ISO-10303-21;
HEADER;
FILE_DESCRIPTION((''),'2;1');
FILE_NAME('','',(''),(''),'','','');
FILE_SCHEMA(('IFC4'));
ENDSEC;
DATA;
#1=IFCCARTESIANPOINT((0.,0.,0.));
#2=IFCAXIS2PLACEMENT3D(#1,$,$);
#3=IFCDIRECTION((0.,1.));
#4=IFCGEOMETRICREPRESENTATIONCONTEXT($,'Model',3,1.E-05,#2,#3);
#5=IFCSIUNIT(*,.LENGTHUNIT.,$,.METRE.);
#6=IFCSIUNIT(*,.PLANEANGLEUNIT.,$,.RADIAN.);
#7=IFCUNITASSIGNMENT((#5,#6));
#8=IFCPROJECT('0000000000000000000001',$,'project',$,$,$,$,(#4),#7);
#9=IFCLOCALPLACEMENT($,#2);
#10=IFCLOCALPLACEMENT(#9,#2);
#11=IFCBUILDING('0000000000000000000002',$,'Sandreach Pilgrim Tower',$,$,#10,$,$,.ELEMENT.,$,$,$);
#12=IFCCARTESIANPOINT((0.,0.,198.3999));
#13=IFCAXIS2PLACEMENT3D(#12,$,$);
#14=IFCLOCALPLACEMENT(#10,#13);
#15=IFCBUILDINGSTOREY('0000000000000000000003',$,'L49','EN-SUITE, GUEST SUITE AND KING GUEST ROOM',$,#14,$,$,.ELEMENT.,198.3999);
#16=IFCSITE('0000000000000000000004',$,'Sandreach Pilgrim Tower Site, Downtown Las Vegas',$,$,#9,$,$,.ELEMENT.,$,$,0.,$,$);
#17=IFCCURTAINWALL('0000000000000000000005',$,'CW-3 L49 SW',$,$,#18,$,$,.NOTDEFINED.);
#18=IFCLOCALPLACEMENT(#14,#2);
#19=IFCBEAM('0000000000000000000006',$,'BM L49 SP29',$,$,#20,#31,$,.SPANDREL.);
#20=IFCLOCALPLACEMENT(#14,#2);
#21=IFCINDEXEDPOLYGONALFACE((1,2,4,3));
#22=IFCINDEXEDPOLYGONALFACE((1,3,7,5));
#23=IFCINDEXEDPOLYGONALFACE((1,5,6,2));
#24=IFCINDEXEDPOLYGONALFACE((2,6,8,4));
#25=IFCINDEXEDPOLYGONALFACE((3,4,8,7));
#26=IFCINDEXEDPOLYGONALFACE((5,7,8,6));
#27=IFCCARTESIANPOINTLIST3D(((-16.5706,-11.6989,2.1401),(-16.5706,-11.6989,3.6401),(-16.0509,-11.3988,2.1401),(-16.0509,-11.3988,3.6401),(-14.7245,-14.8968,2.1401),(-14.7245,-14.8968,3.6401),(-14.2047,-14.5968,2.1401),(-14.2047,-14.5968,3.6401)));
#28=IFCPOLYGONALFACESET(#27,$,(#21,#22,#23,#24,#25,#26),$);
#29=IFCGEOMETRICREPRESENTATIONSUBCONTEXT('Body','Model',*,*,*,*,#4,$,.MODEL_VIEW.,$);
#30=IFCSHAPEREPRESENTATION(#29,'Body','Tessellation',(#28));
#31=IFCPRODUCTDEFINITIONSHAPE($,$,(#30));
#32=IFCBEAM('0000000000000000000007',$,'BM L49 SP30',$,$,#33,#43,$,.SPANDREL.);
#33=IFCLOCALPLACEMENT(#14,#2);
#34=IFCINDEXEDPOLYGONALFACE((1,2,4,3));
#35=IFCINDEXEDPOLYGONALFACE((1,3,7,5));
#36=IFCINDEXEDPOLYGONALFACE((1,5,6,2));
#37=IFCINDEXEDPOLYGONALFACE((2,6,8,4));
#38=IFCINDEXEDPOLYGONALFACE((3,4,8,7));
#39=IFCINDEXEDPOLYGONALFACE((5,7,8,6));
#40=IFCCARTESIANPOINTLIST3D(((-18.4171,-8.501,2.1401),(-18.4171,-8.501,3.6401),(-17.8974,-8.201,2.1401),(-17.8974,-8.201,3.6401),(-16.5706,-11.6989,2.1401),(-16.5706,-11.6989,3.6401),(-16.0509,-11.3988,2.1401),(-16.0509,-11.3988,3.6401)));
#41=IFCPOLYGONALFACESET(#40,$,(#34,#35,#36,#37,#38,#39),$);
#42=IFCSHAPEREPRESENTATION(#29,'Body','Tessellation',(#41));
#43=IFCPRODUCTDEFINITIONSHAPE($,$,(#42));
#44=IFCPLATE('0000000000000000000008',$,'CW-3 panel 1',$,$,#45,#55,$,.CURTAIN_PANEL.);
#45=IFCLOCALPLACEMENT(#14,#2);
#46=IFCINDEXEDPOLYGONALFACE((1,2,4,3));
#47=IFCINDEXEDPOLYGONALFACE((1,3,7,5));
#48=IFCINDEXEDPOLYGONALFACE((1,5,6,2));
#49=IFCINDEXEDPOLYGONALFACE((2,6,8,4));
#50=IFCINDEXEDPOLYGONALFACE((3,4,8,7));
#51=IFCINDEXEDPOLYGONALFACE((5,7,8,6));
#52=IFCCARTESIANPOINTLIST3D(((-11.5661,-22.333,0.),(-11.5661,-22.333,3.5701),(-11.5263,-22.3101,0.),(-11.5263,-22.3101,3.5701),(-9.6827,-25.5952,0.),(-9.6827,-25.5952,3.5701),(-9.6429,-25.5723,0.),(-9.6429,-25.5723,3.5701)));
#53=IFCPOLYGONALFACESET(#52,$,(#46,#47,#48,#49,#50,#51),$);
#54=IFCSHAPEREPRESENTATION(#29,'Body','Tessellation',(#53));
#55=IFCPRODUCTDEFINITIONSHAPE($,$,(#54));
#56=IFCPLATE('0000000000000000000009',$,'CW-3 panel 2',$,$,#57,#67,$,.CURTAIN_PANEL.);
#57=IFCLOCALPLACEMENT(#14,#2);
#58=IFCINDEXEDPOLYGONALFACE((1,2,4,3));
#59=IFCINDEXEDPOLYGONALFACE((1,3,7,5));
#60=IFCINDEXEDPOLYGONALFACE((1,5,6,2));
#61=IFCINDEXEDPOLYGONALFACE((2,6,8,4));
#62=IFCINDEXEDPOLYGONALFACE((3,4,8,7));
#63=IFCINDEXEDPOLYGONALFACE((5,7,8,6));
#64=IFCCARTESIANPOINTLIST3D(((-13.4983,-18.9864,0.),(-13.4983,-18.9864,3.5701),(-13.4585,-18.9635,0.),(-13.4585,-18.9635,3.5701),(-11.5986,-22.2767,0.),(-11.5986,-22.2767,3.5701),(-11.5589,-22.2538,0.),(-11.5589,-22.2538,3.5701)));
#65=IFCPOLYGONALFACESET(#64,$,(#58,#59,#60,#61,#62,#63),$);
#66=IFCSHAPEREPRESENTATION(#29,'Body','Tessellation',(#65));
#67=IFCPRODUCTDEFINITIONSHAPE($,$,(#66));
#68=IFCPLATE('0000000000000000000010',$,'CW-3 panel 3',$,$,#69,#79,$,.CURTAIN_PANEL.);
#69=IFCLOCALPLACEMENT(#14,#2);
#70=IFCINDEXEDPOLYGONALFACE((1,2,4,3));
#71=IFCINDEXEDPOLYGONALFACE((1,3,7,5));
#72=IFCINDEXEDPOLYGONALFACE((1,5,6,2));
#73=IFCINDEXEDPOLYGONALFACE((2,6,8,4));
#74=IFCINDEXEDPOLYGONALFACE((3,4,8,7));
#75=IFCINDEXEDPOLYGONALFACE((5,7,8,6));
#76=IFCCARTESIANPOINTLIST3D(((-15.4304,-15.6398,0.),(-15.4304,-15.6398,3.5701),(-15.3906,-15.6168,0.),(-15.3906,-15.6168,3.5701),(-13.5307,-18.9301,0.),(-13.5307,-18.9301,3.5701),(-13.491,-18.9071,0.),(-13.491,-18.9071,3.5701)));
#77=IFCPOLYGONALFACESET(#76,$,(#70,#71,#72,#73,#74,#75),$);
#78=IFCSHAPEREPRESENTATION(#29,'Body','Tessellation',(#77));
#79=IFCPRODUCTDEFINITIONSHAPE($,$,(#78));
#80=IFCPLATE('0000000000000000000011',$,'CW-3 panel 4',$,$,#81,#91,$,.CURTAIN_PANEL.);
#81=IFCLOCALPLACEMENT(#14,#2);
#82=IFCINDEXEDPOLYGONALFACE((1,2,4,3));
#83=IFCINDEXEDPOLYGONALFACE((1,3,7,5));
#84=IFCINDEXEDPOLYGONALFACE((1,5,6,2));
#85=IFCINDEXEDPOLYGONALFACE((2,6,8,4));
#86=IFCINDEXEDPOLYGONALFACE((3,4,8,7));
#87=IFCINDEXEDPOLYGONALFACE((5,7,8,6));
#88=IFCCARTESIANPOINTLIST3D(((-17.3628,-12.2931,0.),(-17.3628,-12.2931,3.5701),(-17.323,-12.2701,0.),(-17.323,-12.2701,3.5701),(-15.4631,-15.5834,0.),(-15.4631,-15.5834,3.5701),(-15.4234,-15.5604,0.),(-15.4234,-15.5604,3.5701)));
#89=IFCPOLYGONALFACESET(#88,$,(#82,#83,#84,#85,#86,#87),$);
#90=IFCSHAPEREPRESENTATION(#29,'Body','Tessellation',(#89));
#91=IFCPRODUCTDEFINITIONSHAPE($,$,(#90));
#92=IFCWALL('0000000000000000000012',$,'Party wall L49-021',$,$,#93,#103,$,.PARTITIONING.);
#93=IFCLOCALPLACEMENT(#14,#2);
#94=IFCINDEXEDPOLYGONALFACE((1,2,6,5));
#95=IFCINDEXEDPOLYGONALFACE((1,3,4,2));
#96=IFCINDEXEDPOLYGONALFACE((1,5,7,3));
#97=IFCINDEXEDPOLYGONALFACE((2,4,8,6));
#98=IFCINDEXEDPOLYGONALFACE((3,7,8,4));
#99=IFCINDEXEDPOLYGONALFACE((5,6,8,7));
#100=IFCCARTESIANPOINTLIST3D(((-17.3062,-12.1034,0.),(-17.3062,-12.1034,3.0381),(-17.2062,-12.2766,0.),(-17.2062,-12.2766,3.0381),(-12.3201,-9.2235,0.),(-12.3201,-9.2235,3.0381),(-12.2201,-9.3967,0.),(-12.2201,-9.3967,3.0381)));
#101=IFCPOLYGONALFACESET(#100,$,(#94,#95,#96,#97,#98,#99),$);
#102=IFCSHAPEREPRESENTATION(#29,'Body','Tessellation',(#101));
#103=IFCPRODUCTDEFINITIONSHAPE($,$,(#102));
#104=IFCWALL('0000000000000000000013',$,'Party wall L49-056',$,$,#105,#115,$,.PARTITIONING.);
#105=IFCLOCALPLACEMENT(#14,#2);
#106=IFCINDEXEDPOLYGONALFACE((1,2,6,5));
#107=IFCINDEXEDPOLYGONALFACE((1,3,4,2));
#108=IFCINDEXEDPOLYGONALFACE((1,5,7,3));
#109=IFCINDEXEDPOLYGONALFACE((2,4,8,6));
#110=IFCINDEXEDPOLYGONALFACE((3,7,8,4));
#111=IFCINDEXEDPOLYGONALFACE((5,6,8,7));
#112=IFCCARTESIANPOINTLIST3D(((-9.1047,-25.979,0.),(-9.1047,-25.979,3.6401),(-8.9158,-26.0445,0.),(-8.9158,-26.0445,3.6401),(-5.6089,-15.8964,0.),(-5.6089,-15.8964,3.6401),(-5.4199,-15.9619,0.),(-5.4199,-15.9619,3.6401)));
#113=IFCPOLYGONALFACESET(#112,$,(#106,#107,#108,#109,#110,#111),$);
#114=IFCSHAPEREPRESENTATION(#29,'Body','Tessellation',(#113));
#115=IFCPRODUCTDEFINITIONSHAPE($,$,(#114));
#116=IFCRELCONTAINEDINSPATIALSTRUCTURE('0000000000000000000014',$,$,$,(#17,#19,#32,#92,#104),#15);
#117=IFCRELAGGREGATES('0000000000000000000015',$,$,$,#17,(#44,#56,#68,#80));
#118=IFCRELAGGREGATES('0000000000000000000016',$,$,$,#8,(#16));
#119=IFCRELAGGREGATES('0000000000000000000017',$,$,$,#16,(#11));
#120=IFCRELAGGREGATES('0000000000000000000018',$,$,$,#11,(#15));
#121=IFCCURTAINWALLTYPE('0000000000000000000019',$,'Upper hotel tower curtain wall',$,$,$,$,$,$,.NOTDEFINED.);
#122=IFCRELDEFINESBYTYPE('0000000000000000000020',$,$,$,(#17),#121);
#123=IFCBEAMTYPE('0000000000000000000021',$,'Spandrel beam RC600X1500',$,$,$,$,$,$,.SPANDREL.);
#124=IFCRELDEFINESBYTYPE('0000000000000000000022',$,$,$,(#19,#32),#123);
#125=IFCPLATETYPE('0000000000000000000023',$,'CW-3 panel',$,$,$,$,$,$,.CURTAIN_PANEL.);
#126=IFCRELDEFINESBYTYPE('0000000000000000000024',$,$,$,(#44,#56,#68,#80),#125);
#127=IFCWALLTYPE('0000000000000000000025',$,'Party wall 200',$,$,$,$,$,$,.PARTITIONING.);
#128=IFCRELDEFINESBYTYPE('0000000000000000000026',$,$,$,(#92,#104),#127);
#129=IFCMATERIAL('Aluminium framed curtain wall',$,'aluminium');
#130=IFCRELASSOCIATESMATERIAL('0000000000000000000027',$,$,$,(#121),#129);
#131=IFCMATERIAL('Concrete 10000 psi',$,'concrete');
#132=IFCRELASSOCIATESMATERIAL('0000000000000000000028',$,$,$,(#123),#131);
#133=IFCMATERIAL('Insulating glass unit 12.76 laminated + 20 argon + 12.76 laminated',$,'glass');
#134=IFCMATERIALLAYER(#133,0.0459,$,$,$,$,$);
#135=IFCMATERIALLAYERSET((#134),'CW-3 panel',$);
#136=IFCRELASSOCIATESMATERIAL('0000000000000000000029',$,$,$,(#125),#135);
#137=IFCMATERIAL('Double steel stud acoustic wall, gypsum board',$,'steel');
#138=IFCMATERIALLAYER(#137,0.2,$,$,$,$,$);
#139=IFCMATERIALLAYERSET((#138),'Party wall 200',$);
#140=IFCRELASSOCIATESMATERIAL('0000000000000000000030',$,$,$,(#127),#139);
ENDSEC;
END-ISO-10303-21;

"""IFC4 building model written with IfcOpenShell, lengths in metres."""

from ifc_helpers import new_model, si_unit, direction, frame, frame_2d, origin, origin_2d, place, context, subcontext, project, spatial, rectangle, extrude, material, layer, layer_set, material_profile, profile_set, type_object, element, aggregate, save


model = new_model("IFC4")

# Units and contexts
model_context = context("Model", 3, precision=1e-05, world=origin(), true_north=direction((0.0, 1.0)))
body_context = subcontext(model_context, "Body", "Model", "MODEL_VIEW")
ifc_project = project(units=[si_unit("LENGTHUNIT", "METRE"), si_unit("PLANEANGLEUNIT", "RADIAN")], contexts=[model_context])

# Site, building, storey
site_placement = place(None, origin())
site = spatial("IfcSite", under=ifc_project, at=site_placement, Name="Sandreach Pilgrim Tower Site, Downtown Las Vegas", CompositionType="ELEMENT", RefElevation=0.0)
building_placement = place(site_placement, origin())
building = spatial("IfcBuilding", under=site, at=building_placement, Name="Sandreach Pilgrim Tower", CompositionType="ELEMENT")
storey_placement = place(building_placement, frame((0.0, 0.0, 198.3999)))
storey = spatial("IfcBuildingStorey", under=building, at=storey_placement, Name="L49", Description="EN-SUITE, GUEST SUITE AND KING GUEST ROOM", CompositionType="ELEMENT", Elevation=198.3999)

# Curtain wall
ifc_material_1 = material(Name="Aluminium framed curtain wall", Category="aluminium")
curtain_wall_type = type_object("IfcCurtainWallType", Name="Upper hotel tower curtain wall", PredefinedType="NOTDEFINED", material=ifc_material_1)
curtain_wall_placement = place(storey_placement, origin())
curtain_wall = element("IfcCurtainWall", 1, at=curtain_wall_placement, inside=storey, type_object=curtain_wall_type, Name="CW-3 L49 SW", PredefinedType="NOTDEFINED")

# Beams
ifc_material_2 = material(Name="Concrete 10000 psi", Category="concrete")
ifc_material_profile_1 = material_profile(ifc_material_2, rectangle(XDim=0.6001, YDim=1.5, at=origin_2d()), Name="RC600X1500")
ifc_profile_set_1 = profile_set([ifc_material_profile_1], Name="Concrete 10000 psi")
beam_type_1 = type_object("IfcBeamType", Name="Spandrel beam RC600X1500", PredefinedType="SPANDREL", material=ifc_profile_set_1)
for number, where, z_axis, x_axis, name in (
    (2, (-14.4646, -14.7468, 2.8901), (-0.499965, 0.866046, 0.0), (-0.866046, -0.499965, 0.0), "BM L49 SP29"),
    (3, (-16.3108, -11.5488, 2.8901), (-0.500043, 0.866001, 0.0), (-0.866001, -0.500043, 0.0), "BM L49 SP30"),
):
    element("IfcBeam", number, at=place(storey_placement, frame(where, z_axis=z_axis, x_axis=x_axis)), inside=storey, type_object=beam_type_1, Name=name, PredefinedType="SPANDREL", context=body_context, shape_type="SweptSolid", body=[
        extrude(rectangle(XDim=0.6001, YDim=1.5, at=origin_2d()), origin(), (0.0, 0.0, 1.0), 3.6926),
    ])

# Plates
ifc_material_3 = material(Name="Insulating glass unit 12.76 laminated + 20 argon + 12.76 laminated", Category="glass")
ifc_layer_1 = layer(ifc_material_3, 0.0459)
ifc_layer_set_1 = layer_set([ifc_layer_1], Name="CW-3 panel")
plate_type = type_object("IfcPlateType", Name="CW-3 panel", PredefinedType="CURTAIN_PANEL", material=ifc_layer_set_1)
plate_1_placement = place(storey_placement, frame((-10.6045, -23.9526, 0.0), z_axis=(0.0, 0.0, 1.0), x_axis=(-0.5, 0.866025, 0.0)))
plate_1 = element("IfcPlate", 4, at=plate_1_placement, type_object=plate_type, Name="CW-3 panel 1", PredefinedType="CURTAIN_PANEL", context=body_context, shape_type="SweptSolid", body=[
    extrude(rectangle(XDim=3.7668, YDim=0.0459, at=origin_2d()), origin(), (0.0, 0.0, 1.0), 3.5701),
])
plate_2_placement = place(storey_placement, frame((-12.5286, -20.6201, 0.0), z_axis=(0.0, 0.0, 1.0), x_axis=(-0.5, 0.866025, 0.0)))
plate_2 = element("IfcPlate", 5, at=plate_2_placement, type_object=plate_type, Name="CW-3 panel 2", PredefinedType="CURTAIN_PANEL", context=body_context, shape_type="SweptSolid", body=[
    extrude(rectangle(XDim=3.7993, YDim=0.0459, at=origin_2d()), origin(), (0.0, 0.0, 1.0), 3.5701),
])
plate_3_placement = place(storey_placement, frame((-14.4607, -17.2734, 0.0), z_axis=(0.0, 0.0, 1.0), x_axis=(-0.5, 0.866025, 0.0)))
plate_3 = element("IfcPlate", 6, at=plate_3_placement, type_object=plate_type, Name="CW-3 panel 3", PredefinedType="CURTAIN_PANEL", context=body_context, shape_type="SweptSolid", body=[
    extrude(rectangle(XDim=3.7993, YDim=0.0459, at=origin_2d()), origin(), (0.0, 0.0, 1.0), 3.5701),
])
plate_4_placement = place(storey_placement, frame((-16.3931, -13.9268, 0.0), z_axis=(0.0, 0.0, 1.0), x_axis=(-0.5, 0.866025, 0.0)))
plate_4 = element("IfcPlate", 7, at=plate_4_placement, type_object=plate_type, Name="CW-3 panel 4", PredefinedType="CURTAIN_PANEL", context=body_context, shape_type="SweptSolid", body=[
    extrude(rectangle(XDim=3.7993, YDim=0.0459, at=origin_2d()), origin(), (0.0, 0.0, 1.0), 3.5701),
])
aggregate(curtain_wall, [plate_1, plate_2, plate_3, plate_4])

# Walls
ifc_material_4 = material(Name="Double steel stud acoustic wall, gypsum board", Category="steel")
ifc_layer_2 = layer(ifc_material_4, 0.2)
ifc_layer_set_2 = layer_set([ifc_layer_2], Name="Party wall 200")
wall_type = type_object("IfcWallType", Name="Party wall 200", PredefinedType="PARTITIONING", material=ifc_layer_set_2)
wall_1_placement = place(storey_placement, frame((-17.2561, -12.1899, 0.0), z_axis=(0.0, 0.0, 1.0), x_axis=(0.865938, 0.500152, 0.0)))
element("IfcWall", 8, at=wall_1_placement, inside=storey, type_object=wall_type, Name="Party wall L49-021", PredefinedType="PARTITIONING", context=body_context, shape_type="SweptSolid", body=[
    extrude(rectangle(XDim=5.7581, YDim=0.2, at=frame_2d((2.8789, 0.0))), origin(), (0.0, 0.0, 1.0), 3.0381),
])
wall_2_placement = place(storey_placement, frame((-9.0103, -26.0117, 0.0), z_axis=(0.0, 0.0, 1.0), x_axis=(0.327591, 0.944819, 0.0)))
element("IfcWall", 9, at=wall_2_placement, inside=storey, type_object=wall_type, Name="Party wall L49-056", PredefinedType="PARTITIONING", context=body_context, shape_type="SweptSolid", body=[
    extrude(rectangle(XDim=10.6714, YDim=0.2, at=frame_2d((5.3357, 0.0))), origin(), (0.0, 0.0, 1.0), 3.6401),
])

save(model, "model.ifc")
